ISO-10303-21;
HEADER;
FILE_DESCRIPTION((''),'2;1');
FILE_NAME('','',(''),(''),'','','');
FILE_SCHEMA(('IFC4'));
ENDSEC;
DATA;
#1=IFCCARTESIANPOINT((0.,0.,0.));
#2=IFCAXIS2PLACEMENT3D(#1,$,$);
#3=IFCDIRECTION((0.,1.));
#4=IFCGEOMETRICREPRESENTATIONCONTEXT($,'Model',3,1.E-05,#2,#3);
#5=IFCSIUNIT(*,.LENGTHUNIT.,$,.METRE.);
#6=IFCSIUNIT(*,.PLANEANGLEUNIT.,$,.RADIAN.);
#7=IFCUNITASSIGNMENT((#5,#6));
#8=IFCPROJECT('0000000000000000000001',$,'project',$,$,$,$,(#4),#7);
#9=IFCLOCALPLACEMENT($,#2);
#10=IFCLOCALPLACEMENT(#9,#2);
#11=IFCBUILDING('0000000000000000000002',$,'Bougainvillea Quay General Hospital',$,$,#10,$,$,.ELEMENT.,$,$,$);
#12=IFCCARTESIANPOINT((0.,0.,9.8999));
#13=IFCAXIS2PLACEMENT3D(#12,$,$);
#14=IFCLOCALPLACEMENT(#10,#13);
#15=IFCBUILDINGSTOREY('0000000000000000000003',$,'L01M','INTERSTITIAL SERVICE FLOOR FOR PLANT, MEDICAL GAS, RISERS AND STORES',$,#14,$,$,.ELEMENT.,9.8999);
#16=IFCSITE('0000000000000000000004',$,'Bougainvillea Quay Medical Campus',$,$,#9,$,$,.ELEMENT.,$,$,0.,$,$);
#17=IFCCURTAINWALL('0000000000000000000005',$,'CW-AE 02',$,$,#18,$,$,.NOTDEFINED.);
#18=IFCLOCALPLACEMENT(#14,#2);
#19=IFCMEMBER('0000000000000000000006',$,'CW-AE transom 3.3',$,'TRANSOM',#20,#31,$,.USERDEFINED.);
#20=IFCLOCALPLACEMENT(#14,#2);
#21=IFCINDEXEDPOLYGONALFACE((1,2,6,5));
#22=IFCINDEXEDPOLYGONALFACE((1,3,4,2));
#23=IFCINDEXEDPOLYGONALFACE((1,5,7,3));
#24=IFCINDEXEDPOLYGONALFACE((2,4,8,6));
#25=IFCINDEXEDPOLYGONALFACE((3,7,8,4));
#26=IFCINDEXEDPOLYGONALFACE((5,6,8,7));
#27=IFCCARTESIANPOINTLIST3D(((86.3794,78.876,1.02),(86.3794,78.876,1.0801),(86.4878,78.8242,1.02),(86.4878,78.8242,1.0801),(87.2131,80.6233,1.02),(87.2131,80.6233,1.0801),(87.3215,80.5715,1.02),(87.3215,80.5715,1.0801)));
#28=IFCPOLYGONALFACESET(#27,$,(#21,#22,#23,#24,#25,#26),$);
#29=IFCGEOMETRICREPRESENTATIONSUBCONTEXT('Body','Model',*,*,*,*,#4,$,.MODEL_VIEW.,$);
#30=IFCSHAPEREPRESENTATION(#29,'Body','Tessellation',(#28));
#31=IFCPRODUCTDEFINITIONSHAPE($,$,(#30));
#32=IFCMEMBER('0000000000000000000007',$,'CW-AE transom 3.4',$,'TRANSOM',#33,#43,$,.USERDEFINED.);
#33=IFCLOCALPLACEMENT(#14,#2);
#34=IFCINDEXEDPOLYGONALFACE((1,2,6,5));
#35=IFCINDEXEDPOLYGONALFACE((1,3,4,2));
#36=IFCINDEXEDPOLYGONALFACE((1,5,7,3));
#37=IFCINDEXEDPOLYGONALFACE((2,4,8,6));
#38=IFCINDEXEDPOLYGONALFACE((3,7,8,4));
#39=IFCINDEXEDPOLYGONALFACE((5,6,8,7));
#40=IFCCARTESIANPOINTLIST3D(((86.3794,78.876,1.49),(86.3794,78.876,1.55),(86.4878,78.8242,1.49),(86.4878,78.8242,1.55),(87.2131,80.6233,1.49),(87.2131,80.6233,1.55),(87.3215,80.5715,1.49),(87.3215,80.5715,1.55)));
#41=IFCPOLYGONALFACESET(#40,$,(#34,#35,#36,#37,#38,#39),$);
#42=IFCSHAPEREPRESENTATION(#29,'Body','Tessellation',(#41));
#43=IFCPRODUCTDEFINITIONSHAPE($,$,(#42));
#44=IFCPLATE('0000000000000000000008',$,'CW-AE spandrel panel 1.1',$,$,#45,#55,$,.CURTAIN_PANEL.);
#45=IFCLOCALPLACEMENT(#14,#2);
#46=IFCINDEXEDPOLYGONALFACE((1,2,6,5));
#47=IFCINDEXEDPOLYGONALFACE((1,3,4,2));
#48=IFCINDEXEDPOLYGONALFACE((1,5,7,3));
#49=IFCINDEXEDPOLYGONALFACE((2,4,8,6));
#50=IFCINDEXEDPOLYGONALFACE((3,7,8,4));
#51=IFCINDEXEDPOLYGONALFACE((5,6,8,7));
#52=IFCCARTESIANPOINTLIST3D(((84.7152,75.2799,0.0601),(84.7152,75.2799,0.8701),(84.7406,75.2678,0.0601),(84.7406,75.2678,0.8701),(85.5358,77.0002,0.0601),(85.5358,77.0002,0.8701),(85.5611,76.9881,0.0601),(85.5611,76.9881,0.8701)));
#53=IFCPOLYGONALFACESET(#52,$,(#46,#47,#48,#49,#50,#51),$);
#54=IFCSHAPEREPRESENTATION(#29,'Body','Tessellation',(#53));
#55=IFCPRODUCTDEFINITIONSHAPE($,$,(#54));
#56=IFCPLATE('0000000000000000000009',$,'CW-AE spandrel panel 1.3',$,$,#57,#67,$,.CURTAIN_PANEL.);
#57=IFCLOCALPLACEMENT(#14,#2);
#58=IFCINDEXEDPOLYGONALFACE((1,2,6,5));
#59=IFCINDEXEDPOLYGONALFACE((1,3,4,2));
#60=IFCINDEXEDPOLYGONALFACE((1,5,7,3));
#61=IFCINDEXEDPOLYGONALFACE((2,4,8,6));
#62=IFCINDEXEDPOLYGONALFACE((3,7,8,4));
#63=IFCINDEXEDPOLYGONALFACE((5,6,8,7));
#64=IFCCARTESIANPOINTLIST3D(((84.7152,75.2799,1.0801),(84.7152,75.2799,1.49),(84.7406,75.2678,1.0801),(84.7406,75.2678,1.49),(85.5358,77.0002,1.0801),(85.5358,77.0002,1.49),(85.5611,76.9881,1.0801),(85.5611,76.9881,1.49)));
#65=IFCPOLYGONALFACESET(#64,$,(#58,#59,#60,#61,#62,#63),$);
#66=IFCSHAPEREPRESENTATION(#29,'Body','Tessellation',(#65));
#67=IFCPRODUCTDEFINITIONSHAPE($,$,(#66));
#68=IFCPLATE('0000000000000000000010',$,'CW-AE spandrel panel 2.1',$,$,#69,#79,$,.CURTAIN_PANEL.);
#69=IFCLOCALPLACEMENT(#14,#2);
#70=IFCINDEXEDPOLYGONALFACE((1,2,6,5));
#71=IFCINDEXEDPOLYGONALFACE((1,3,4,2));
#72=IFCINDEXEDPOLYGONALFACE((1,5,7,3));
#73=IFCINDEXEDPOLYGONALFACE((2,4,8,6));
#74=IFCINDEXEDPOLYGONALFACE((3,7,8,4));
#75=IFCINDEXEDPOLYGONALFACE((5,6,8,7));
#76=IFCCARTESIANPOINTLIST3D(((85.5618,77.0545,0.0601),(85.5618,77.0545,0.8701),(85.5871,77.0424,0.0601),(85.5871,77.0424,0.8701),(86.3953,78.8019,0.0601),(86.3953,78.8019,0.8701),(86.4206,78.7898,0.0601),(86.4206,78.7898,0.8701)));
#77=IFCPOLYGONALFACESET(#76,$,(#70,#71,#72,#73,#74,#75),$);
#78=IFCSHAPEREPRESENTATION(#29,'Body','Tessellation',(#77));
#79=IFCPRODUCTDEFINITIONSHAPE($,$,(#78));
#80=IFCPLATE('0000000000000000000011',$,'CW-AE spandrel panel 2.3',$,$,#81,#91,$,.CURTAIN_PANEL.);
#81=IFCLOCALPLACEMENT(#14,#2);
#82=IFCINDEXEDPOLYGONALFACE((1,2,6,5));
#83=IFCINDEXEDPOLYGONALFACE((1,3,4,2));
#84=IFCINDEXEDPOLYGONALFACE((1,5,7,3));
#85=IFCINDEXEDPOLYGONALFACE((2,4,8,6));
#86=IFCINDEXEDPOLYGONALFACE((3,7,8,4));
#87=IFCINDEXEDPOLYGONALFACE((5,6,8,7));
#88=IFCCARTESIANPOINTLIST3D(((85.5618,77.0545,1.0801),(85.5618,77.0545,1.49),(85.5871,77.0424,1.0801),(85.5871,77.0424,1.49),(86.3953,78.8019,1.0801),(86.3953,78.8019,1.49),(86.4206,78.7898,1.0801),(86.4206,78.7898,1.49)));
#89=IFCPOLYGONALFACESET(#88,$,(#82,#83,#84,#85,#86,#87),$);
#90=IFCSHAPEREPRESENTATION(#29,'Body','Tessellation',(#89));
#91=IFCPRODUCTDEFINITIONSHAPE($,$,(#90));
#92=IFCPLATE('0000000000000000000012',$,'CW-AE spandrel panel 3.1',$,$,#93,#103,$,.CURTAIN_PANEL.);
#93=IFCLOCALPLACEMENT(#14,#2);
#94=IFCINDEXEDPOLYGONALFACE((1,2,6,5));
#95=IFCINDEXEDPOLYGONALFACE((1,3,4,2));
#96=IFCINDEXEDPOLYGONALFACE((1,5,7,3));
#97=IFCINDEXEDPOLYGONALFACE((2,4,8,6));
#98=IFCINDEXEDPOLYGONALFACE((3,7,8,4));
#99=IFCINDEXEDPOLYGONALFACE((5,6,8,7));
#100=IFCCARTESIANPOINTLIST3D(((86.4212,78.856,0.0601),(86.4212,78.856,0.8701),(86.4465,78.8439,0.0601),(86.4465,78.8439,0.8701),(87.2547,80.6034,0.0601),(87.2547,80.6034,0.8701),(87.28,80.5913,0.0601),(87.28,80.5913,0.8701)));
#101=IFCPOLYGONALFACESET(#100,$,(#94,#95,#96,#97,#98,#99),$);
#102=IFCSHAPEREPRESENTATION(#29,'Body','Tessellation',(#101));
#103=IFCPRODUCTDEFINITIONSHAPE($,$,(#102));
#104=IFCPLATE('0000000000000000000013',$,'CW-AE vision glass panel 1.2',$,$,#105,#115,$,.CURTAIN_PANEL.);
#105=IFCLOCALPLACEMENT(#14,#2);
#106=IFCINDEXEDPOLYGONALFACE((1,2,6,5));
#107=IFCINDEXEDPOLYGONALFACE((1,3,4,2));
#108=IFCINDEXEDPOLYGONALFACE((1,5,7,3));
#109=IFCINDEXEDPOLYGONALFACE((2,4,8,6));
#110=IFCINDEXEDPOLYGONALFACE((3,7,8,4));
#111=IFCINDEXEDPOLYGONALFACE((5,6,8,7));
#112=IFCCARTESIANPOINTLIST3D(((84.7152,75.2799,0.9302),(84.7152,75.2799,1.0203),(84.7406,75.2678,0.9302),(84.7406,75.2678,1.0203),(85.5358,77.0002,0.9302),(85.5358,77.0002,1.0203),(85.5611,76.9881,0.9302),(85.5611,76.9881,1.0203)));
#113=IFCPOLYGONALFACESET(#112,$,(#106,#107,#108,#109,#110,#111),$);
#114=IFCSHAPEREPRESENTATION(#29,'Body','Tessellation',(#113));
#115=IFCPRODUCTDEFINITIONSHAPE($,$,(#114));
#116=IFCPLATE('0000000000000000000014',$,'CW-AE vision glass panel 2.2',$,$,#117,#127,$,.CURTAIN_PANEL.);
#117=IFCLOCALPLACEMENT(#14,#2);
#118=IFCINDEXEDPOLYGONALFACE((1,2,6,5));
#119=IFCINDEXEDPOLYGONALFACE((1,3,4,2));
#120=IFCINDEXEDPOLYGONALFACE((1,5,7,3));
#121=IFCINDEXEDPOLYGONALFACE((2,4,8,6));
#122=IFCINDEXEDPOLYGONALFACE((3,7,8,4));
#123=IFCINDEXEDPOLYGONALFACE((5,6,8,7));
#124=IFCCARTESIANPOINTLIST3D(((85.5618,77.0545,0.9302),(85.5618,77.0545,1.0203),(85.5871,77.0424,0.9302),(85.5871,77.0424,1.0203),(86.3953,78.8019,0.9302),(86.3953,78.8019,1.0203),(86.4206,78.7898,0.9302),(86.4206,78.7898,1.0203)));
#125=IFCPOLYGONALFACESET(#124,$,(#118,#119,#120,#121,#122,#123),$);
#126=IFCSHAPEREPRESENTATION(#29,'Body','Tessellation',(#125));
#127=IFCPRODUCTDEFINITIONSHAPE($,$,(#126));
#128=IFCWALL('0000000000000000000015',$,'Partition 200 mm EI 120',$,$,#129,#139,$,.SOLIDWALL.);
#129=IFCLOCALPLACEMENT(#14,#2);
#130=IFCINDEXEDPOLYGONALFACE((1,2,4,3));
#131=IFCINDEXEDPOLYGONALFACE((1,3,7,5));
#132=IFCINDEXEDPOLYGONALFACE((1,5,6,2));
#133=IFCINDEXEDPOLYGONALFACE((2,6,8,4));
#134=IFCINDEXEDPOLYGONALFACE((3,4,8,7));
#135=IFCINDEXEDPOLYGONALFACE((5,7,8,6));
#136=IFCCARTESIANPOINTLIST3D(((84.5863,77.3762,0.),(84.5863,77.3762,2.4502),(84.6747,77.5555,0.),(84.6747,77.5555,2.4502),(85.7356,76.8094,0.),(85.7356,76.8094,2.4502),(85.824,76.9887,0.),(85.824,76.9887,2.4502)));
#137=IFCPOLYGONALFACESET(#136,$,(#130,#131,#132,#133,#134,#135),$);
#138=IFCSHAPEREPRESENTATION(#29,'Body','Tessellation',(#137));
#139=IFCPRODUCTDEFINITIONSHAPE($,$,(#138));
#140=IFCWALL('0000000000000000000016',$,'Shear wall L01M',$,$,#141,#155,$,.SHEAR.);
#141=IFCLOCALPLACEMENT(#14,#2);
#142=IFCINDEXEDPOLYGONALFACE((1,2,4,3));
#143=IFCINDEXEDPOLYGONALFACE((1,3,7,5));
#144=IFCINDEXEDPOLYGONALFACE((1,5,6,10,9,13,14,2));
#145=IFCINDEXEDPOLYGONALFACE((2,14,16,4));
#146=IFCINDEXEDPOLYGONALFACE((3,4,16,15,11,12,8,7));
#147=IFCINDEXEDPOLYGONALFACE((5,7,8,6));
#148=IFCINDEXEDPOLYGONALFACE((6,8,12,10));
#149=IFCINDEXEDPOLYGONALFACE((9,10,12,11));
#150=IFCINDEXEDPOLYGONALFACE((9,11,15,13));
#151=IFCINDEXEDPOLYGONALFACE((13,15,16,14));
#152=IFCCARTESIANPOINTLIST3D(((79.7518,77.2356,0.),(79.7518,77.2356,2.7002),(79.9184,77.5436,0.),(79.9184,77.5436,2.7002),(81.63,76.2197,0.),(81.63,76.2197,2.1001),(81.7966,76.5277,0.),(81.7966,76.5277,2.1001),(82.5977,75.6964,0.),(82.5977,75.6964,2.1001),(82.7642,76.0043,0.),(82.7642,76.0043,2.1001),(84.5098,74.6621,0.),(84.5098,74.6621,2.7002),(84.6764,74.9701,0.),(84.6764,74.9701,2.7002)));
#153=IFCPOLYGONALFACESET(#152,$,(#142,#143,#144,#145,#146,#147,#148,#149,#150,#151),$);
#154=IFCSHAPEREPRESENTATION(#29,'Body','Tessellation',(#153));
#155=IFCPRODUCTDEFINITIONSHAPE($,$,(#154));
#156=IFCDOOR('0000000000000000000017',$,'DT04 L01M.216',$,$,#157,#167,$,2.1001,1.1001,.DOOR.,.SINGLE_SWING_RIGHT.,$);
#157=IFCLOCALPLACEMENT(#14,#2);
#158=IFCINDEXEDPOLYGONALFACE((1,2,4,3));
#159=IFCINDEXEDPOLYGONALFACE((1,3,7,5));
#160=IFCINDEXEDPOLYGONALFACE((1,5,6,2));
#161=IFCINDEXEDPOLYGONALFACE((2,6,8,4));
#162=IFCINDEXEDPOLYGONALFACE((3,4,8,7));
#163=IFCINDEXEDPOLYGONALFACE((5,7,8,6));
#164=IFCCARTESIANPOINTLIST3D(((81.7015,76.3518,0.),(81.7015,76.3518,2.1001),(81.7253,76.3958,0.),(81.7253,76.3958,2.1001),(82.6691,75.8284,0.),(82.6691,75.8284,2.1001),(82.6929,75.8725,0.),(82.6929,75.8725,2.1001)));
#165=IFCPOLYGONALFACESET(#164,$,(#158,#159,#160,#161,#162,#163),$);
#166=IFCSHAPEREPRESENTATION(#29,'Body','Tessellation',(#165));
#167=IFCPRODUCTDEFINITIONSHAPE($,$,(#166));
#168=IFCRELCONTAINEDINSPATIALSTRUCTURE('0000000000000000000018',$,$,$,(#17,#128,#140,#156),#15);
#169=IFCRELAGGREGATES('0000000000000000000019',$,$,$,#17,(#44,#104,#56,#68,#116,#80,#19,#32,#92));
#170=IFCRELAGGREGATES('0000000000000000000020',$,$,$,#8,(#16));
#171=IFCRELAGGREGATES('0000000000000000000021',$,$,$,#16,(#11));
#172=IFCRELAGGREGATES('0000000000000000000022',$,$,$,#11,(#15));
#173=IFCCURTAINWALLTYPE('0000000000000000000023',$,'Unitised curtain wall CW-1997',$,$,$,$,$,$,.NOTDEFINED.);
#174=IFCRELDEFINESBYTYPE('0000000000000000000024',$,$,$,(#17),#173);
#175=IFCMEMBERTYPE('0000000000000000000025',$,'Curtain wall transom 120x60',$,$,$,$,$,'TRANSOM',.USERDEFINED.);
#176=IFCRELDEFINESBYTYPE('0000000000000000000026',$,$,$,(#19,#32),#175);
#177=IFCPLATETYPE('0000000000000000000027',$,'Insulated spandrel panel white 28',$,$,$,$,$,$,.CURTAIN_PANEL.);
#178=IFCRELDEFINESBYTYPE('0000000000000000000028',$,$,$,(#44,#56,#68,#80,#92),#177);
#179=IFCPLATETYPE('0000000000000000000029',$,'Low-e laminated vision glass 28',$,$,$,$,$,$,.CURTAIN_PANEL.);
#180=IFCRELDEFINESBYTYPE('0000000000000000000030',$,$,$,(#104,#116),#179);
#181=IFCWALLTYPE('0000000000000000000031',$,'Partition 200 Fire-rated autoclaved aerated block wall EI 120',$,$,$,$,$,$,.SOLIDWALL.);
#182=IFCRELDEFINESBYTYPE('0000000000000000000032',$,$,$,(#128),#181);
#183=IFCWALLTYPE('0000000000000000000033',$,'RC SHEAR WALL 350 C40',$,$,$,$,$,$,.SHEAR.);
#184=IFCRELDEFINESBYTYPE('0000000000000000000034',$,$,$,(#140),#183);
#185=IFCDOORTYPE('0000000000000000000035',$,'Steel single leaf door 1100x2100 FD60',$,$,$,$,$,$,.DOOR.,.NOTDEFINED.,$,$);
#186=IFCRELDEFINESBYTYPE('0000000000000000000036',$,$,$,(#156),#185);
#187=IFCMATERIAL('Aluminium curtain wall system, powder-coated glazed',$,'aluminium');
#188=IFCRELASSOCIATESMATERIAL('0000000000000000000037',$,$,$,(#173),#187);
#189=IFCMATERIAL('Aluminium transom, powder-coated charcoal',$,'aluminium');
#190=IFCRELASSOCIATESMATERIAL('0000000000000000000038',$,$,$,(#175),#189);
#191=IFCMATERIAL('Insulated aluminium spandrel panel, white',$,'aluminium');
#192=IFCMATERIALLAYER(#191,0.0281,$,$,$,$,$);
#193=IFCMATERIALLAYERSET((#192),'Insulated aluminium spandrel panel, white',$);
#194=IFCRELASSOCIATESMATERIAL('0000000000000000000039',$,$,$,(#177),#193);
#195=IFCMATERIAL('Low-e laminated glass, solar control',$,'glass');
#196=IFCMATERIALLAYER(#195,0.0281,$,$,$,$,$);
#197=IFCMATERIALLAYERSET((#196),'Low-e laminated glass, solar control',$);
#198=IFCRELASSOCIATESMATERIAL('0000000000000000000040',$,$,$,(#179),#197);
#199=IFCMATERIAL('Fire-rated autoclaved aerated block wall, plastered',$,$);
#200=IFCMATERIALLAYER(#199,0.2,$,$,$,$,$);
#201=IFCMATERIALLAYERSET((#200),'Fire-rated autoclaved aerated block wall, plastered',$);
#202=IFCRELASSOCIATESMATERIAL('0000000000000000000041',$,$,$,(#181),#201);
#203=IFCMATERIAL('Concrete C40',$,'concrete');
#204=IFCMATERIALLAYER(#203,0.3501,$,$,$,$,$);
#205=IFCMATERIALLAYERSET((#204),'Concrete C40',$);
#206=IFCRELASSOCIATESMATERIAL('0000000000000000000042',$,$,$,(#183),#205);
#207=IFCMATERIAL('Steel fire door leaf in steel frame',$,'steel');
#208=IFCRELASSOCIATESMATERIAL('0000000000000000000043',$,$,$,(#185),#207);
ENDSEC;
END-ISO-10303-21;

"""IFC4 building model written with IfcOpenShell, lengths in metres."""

from ifc_helpers import new_model, si_unit, direction, frame, frame_2d, origin, origin_2d, place, context, subcontext, project, spatial, rectangle, extrude, material, layer, layer_set, material_profile, profile_set, type_object, element, fill, aggregate, save


model = new_model("IFC4")

# Units and contexts
model_context = context("Model", 3, precision=1e-05, world=origin(), true_north=direction((0.0, 1.0)))
body_context = subcontext(model_context, "Body", "Model", "MODEL_VIEW")
ifc_project = project(units=[si_unit("LENGTHUNIT", "METRE"), si_unit("PLANEANGLEUNIT", "RADIAN")], contexts=[model_context])

# Site, building, storey
site_placement = place(None, origin())
site = spatial("IfcSite", under=ifc_project, at=site_placement, Name="Bougainvillea Quay Medical Campus", CompositionType="ELEMENT", RefElevation=0.0)
building_placement = place(site_placement, origin())
building = spatial("IfcBuilding", under=site, at=building_placement, Name="Bougainvillea Quay General Hospital", CompositionType="ELEMENT")
storey_placement = place(building_placement, frame((0.0, 0.0, 9.8999)))
storey = spatial("IfcBuildingStorey", under=building, at=storey_placement, Name="L01M", Description="INTERSTITIAL SERVICE FLOOR FOR PLANT, MEDICAL GAS, RISERS AND STORES", CompositionType="ELEMENT", Elevation=9.8999)

# Curtain wall, members, plates
ifc_material_1 = material(Name="Aluminium curtain wall system, powder-coated glazed", Category="aluminium")
curtain_wall_type = type_object("IfcCurtainWallType", Name="Unitised curtain wall CW-1997", PredefinedType="NOTDEFINED", material=ifc_material_1)
curtain_wall_placement = place(storey_placement, origin())
curtain_wall = element("IfcCurtainWall", 1, at=curtain_wall_placement, inside=storey, type_object=curtain_wall_type, Name="CW-AE 02", PredefinedType="NOTDEFINED")
ifc_material_2 = material(Name="Aluminium transom, powder-coated charcoal", Category="aluminium")
ifc_material_profile_1 = material_profile(ifc_material_2, rectangle(XDim=0.1201, YDim=0.0601, at=origin_2d()))
ifc_profile_set_1 = profile_set([ifc_material_profile_1], Name="Aluminium transom, powder-coated charcoal")
member_type_1 = type_object("IfcMemberType", Name="Curtain wall transom 120x60", ElementType="TRANSOM", PredefinedType="USERDEFINED", material=ifc_profile_set_1)
member_1_placement = place(storey_placement, frame((86.4336, 78.8501, 1.05), z_axis=(0.430643, 0.902522, 0.0), x_axis=(-0.902522, 0.430643, 0.0)))
member_1 = element("IfcMember", 2, at=member_1_placement, type_object=member_type_1, Name="CW-AE transom 3.3", ObjectType="TRANSOM", PredefinedType="USERDEFINED", context=body_context, shape_type="SweptSolid", body=[
    extrude(rectangle(XDim=0.1201, YDim=0.0601, at=origin_2d()), origin(), (0.0, 0.0, 1.0), 1.936),
])
member_2_placement = place(storey_placement, frame((86.4336, 78.8501, 1.52), z_axis=(0.430643, 0.902522, 0.0), x_axis=(-0.902522, 0.430643, 0.0)))
member_2 = element("IfcMember", 3, at=member_2_placement, type_object=member_type_1, Name="CW-AE transom 3.4", ObjectType="TRANSOM", PredefinedType="USERDEFINED", context=body_context, shape_type="SweptSolid", body=[
    extrude(rectangle(XDim=0.1201, YDim=0.0601, at=origin_2d()), origin(), (0.0, 0.0, 1.0), 1.936),
])
ifc_material_3 = material(Name="Insulated aluminium spandrel panel, white", Category="aluminium")
ifc_layer_1 = layer(ifc_material_3, 0.0281)
ifc_layer_set_1 = layer_set([ifc_layer_1], Name="Insulated aluminium spandrel panel, white")
plate_type_1 = type_object("IfcPlateType", Name="Insulated spandrel panel white 28", PredefinedType="CURTAIN_PANEL", material=ifc_layer_set_1)
plate_1_placement = place(storey_placement, frame((85.1382, 76.134, 0.0601), z_axis=(0.0, 0.0, 1.0), x_axis=(0.430525, 0.902578, 0.0)))
plate_1 = element("IfcPlate", 4, at=plate_1_placement, type_object=plate_type_1, Name="CW-AE spandrel panel 1.1", PredefinedType="CURTAIN_PANEL", context=body_context, shape_type="SweptSolid", body=[
    extrude(rectangle(XDim=1.906, YDim=0.0281, at=origin_2d()), origin(), (0.0, 0.0, 1.0), 0.8101),
])
plate_2_placement = place(storey_placement, frame((85.1382, 76.134, 1.0801), z_axis=(0.0, 0.0, 1.0), x_axis=(0.430525, 0.902578, 0.0)))
plate_2 = element("IfcPlate", 5, at=plate_2_placement, type_object=plate_type_1, Name="CW-AE spandrel panel 1.3", PredefinedType="CURTAIN_PANEL", context=body_context, shape_type="SweptSolid", body=[
    extrude(rectangle(XDim=1.906, YDim=0.0281, at=origin_2d()), origin(), (0.0, 0.0, 1.0), 0.4099),
])
plate_3_placement = place(storey_placement, frame((85.9912, 77.9221, 0.0601), z_axis=(0.0, 0.0, 1.0), x_axis=(0.430525, 0.902578, 0.0)))
plate_3 = element("IfcPlate", 6, at=plate_3_placement, type_object=plate_type_1, Name="CW-AE spandrel panel 2.1", PredefinedType="CURTAIN_PANEL", context=body_context, shape_type="SweptSolid", body=[
    extrude(rectangle(XDim=1.936, YDim=0.0281, at=origin_2d()), origin(), (0.0, 0.0, 1.0), 0.8101),
])
plate_4_placement = place(storey_placement, frame((85.9912, 77.9221, 1.0801), z_axis=(0.0, 0.0, 1.0), x_axis=(0.430525, 0.902578, 0.0)))
plate_4 = element("IfcPlate", 7, at=plate_4_placement, type_object=plate_type_1, Name="CW-AE spandrel panel 2.3", PredefinedType="CURTAIN_PANEL", context=body_context, shape_type="SweptSolid", body=[
    extrude(rectangle(XDim=1.936, YDim=0.0281, at=origin_2d()), origin(), (0.0, 0.0, 1.0), 0.4099),
])
plate_5_placement = place(storey_placement, frame((86.8506, 79.7236, 0.0601), z_axis=(0.0, 0.0, 1.0), x_axis=(0.430525, 0.902578, 0.0)))
plate_5 = element("IfcPlate", 8, at=plate_5_placement, type_object=plate_type_1, Name="CW-AE spandrel panel 3.1", PredefinedType="CURTAIN_PANEL", context=body_context, shape_type="SweptSolid", body=[
    extrude(rectangle(XDim=1.936, YDim=0.0281, at=origin_2d()), origin(), (0.0, 0.0, 1.0), 0.8101),
])
ifc_material_4 = material(Name="Low-e laminated glass, solar control", Category="glass")
ifc_layer_2 = layer(ifc_material_4, 0.0281)
ifc_layer_set_2 = layer_set([ifc_layer_2], Name="Low-e laminated glass, solar control")
plate_type_2 = type_object("IfcPlateType", Name="Low-e laminated vision glass 28", PredefinedType="CURTAIN_PANEL", material=ifc_layer_set_2)
plate_6_placement = place(storey_placement, frame((85.1382, 76.134, 0.9302), z_axis=(0.0, 0.0, 1.0), x_axis=(0.430525, 0.902578, 0.0)))
plate_6 = element("IfcPlate", 9, at=plate_6_placement, type_object=plate_type_2, Name="CW-AE vision glass panel 1.2", PredefinedType="CURTAIN_PANEL", context=body_context, shape_type="SweptSolid", body=[
    extrude(rectangle(XDim=1.906, YDim=0.0281, at=origin_2d()), origin(), (0.0, 0.0, 1.0), 0.0901),
])
plate_7_placement = place(storey_placement, frame((85.9912, 77.9221, 0.9302), z_axis=(0.0, 0.0, 1.0), x_axis=(0.430525, 0.902578, 0.0)))
plate_7 = element("IfcPlate", 10, at=plate_7_placement, type_object=plate_type_2, Name="CW-AE vision glass panel 2.2", PredefinedType="CURTAIN_PANEL", context=body_context, shape_type="SweptSolid", body=[
    extrude(rectangle(XDim=1.936, YDim=0.0281, at=origin_2d()), origin(), (0.0, 0.0, 1.0), 0.0901),
])
aggregate(curtain_wall, [plate_1, plate_6, plate_2, plate_3, plate_7, plate_4, member_1, member_2, plate_5])

# Wall
ifc_material_5 = material(Name="Fire-rated autoclaved aerated block wall, plastered")
ifc_layer_3 = layer(ifc_material_5, 0.2)
ifc_layer_set_3 = layer_set([ifc_layer_3], Name="Fire-rated autoclaved aerated block wall, plastered")
wall_type_1 = type_object("IfcWallType", Name="Partition 200 Fire-rated autoclaved aerated block wall EI 120", PredefinedType="SOLIDWALL", material=ifc_layer_set_3)
wall_1_placement = place(storey_placement, frame((84.6306, 77.4658, 0.0), z_axis=(0.0, 0.0, 1.0), x_axis=(0.896852, -0.44233, 0.0)))
element("IfcWall", 11, at=wall_1_placement, inside=storey, type_object=wall_type_1, Name="Partition 200 mm EI 120", PredefinedType="SOLIDWALL", context=body_context, shape_type="SweptSolid", body=[
    extrude(rectangle(XDim=1.2815, YDim=0.2, at=frame_2d((0.6406, 0.0))), origin(), (0.0, 0.0, 1.0), 2.4502),
])

# Wall, opening, door
ifc_material_6 = material(Name="Concrete C40", Category="concrete")
ifc_layer_4 = layer(ifc_material_6, 0.3501)
ifc_layer_set_4 = layer_set([ifc_layer_4], Name="Concrete C40")
wall_type_2 = type_object("IfcWallType", Name="RC SHEAR WALL 350 C40", PredefinedType="SHEAR", material=ifc_layer_set_4)
wall_2_placement = place(storey_placement, frame((84.593, 74.8162, 0.0), z_axis=(0.0, 0.0, 1.0), x_axis=(-0.879586, 0.475741, 0.0)))
wall_2 = element("IfcWall", 12, at=wall_2_placement, inside=storey, type_object=wall_type_2, Name="Shear wall L01M", PredefinedType="SHEAR", context=body_context, shape_type="SweptSolid", body=[
    extrude(rectangle(XDim=5.4094, YDim=0.3501, at=frame_2d((2.7046, 0.0))), origin(), (0.0, 0.0, 1.0), 2.7002),
])
opening_placement = place(wall_2_placement, frame((2.1738, 0.0, 0.0)))
opening = element("IfcOpeningElement", 13, at=opening_placement, cuts=wall_2, PredefinedType="OPENING", context=body_context, shape_type="SweptSolid", body=[
    extrude(rectangle(XDim=1.1001, YDim=2.1001, at=frame_2d((0.55, 1.05))), frame((0.0, 0.1851, 0.0), z_axis=(0.0, -1.0, 0.0), x_axis=(1.0, 0.0, 0.0)), (0.0, 0.0, 1.0), 0.3701),
])
ifc_material_7 = material(Name="Steel fire door leaf in steel frame", Category="steel")
door_type = type_object("IfcDoorType", Name="Steel single leaf door 1100x2100 FD60", OperationType="NOTDEFINED", PredefinedType="DOOR", material=ifc_material_7)
door_placement = place(opening_placement, origin())
door = element("IfcDoor", 14, at=door_placement, inside=storey, type_object=door_type, Name="DT04 L01M.216", OperationType="SINGLE_SWING_RIGHT", OverallHeight=2.1001, OverallWidth=1.1001, PredefinedType="DOOR", context=body_context, shape_type="SweptSolid", body=[
    extrude(rectangle(XDim=1.1001, YDim=2.1001, at=frame_2d((0.55, 1.05))), frame((0.0, 0.0249, 0.0), z_axis=(0.0, -1.0, 0.0), x_axis=(1.0, 0.0, 0.0)), (0.0, 0.0, 1.0), 0.05),
])
fill(opening, door)

save(model, "model.ifc")
